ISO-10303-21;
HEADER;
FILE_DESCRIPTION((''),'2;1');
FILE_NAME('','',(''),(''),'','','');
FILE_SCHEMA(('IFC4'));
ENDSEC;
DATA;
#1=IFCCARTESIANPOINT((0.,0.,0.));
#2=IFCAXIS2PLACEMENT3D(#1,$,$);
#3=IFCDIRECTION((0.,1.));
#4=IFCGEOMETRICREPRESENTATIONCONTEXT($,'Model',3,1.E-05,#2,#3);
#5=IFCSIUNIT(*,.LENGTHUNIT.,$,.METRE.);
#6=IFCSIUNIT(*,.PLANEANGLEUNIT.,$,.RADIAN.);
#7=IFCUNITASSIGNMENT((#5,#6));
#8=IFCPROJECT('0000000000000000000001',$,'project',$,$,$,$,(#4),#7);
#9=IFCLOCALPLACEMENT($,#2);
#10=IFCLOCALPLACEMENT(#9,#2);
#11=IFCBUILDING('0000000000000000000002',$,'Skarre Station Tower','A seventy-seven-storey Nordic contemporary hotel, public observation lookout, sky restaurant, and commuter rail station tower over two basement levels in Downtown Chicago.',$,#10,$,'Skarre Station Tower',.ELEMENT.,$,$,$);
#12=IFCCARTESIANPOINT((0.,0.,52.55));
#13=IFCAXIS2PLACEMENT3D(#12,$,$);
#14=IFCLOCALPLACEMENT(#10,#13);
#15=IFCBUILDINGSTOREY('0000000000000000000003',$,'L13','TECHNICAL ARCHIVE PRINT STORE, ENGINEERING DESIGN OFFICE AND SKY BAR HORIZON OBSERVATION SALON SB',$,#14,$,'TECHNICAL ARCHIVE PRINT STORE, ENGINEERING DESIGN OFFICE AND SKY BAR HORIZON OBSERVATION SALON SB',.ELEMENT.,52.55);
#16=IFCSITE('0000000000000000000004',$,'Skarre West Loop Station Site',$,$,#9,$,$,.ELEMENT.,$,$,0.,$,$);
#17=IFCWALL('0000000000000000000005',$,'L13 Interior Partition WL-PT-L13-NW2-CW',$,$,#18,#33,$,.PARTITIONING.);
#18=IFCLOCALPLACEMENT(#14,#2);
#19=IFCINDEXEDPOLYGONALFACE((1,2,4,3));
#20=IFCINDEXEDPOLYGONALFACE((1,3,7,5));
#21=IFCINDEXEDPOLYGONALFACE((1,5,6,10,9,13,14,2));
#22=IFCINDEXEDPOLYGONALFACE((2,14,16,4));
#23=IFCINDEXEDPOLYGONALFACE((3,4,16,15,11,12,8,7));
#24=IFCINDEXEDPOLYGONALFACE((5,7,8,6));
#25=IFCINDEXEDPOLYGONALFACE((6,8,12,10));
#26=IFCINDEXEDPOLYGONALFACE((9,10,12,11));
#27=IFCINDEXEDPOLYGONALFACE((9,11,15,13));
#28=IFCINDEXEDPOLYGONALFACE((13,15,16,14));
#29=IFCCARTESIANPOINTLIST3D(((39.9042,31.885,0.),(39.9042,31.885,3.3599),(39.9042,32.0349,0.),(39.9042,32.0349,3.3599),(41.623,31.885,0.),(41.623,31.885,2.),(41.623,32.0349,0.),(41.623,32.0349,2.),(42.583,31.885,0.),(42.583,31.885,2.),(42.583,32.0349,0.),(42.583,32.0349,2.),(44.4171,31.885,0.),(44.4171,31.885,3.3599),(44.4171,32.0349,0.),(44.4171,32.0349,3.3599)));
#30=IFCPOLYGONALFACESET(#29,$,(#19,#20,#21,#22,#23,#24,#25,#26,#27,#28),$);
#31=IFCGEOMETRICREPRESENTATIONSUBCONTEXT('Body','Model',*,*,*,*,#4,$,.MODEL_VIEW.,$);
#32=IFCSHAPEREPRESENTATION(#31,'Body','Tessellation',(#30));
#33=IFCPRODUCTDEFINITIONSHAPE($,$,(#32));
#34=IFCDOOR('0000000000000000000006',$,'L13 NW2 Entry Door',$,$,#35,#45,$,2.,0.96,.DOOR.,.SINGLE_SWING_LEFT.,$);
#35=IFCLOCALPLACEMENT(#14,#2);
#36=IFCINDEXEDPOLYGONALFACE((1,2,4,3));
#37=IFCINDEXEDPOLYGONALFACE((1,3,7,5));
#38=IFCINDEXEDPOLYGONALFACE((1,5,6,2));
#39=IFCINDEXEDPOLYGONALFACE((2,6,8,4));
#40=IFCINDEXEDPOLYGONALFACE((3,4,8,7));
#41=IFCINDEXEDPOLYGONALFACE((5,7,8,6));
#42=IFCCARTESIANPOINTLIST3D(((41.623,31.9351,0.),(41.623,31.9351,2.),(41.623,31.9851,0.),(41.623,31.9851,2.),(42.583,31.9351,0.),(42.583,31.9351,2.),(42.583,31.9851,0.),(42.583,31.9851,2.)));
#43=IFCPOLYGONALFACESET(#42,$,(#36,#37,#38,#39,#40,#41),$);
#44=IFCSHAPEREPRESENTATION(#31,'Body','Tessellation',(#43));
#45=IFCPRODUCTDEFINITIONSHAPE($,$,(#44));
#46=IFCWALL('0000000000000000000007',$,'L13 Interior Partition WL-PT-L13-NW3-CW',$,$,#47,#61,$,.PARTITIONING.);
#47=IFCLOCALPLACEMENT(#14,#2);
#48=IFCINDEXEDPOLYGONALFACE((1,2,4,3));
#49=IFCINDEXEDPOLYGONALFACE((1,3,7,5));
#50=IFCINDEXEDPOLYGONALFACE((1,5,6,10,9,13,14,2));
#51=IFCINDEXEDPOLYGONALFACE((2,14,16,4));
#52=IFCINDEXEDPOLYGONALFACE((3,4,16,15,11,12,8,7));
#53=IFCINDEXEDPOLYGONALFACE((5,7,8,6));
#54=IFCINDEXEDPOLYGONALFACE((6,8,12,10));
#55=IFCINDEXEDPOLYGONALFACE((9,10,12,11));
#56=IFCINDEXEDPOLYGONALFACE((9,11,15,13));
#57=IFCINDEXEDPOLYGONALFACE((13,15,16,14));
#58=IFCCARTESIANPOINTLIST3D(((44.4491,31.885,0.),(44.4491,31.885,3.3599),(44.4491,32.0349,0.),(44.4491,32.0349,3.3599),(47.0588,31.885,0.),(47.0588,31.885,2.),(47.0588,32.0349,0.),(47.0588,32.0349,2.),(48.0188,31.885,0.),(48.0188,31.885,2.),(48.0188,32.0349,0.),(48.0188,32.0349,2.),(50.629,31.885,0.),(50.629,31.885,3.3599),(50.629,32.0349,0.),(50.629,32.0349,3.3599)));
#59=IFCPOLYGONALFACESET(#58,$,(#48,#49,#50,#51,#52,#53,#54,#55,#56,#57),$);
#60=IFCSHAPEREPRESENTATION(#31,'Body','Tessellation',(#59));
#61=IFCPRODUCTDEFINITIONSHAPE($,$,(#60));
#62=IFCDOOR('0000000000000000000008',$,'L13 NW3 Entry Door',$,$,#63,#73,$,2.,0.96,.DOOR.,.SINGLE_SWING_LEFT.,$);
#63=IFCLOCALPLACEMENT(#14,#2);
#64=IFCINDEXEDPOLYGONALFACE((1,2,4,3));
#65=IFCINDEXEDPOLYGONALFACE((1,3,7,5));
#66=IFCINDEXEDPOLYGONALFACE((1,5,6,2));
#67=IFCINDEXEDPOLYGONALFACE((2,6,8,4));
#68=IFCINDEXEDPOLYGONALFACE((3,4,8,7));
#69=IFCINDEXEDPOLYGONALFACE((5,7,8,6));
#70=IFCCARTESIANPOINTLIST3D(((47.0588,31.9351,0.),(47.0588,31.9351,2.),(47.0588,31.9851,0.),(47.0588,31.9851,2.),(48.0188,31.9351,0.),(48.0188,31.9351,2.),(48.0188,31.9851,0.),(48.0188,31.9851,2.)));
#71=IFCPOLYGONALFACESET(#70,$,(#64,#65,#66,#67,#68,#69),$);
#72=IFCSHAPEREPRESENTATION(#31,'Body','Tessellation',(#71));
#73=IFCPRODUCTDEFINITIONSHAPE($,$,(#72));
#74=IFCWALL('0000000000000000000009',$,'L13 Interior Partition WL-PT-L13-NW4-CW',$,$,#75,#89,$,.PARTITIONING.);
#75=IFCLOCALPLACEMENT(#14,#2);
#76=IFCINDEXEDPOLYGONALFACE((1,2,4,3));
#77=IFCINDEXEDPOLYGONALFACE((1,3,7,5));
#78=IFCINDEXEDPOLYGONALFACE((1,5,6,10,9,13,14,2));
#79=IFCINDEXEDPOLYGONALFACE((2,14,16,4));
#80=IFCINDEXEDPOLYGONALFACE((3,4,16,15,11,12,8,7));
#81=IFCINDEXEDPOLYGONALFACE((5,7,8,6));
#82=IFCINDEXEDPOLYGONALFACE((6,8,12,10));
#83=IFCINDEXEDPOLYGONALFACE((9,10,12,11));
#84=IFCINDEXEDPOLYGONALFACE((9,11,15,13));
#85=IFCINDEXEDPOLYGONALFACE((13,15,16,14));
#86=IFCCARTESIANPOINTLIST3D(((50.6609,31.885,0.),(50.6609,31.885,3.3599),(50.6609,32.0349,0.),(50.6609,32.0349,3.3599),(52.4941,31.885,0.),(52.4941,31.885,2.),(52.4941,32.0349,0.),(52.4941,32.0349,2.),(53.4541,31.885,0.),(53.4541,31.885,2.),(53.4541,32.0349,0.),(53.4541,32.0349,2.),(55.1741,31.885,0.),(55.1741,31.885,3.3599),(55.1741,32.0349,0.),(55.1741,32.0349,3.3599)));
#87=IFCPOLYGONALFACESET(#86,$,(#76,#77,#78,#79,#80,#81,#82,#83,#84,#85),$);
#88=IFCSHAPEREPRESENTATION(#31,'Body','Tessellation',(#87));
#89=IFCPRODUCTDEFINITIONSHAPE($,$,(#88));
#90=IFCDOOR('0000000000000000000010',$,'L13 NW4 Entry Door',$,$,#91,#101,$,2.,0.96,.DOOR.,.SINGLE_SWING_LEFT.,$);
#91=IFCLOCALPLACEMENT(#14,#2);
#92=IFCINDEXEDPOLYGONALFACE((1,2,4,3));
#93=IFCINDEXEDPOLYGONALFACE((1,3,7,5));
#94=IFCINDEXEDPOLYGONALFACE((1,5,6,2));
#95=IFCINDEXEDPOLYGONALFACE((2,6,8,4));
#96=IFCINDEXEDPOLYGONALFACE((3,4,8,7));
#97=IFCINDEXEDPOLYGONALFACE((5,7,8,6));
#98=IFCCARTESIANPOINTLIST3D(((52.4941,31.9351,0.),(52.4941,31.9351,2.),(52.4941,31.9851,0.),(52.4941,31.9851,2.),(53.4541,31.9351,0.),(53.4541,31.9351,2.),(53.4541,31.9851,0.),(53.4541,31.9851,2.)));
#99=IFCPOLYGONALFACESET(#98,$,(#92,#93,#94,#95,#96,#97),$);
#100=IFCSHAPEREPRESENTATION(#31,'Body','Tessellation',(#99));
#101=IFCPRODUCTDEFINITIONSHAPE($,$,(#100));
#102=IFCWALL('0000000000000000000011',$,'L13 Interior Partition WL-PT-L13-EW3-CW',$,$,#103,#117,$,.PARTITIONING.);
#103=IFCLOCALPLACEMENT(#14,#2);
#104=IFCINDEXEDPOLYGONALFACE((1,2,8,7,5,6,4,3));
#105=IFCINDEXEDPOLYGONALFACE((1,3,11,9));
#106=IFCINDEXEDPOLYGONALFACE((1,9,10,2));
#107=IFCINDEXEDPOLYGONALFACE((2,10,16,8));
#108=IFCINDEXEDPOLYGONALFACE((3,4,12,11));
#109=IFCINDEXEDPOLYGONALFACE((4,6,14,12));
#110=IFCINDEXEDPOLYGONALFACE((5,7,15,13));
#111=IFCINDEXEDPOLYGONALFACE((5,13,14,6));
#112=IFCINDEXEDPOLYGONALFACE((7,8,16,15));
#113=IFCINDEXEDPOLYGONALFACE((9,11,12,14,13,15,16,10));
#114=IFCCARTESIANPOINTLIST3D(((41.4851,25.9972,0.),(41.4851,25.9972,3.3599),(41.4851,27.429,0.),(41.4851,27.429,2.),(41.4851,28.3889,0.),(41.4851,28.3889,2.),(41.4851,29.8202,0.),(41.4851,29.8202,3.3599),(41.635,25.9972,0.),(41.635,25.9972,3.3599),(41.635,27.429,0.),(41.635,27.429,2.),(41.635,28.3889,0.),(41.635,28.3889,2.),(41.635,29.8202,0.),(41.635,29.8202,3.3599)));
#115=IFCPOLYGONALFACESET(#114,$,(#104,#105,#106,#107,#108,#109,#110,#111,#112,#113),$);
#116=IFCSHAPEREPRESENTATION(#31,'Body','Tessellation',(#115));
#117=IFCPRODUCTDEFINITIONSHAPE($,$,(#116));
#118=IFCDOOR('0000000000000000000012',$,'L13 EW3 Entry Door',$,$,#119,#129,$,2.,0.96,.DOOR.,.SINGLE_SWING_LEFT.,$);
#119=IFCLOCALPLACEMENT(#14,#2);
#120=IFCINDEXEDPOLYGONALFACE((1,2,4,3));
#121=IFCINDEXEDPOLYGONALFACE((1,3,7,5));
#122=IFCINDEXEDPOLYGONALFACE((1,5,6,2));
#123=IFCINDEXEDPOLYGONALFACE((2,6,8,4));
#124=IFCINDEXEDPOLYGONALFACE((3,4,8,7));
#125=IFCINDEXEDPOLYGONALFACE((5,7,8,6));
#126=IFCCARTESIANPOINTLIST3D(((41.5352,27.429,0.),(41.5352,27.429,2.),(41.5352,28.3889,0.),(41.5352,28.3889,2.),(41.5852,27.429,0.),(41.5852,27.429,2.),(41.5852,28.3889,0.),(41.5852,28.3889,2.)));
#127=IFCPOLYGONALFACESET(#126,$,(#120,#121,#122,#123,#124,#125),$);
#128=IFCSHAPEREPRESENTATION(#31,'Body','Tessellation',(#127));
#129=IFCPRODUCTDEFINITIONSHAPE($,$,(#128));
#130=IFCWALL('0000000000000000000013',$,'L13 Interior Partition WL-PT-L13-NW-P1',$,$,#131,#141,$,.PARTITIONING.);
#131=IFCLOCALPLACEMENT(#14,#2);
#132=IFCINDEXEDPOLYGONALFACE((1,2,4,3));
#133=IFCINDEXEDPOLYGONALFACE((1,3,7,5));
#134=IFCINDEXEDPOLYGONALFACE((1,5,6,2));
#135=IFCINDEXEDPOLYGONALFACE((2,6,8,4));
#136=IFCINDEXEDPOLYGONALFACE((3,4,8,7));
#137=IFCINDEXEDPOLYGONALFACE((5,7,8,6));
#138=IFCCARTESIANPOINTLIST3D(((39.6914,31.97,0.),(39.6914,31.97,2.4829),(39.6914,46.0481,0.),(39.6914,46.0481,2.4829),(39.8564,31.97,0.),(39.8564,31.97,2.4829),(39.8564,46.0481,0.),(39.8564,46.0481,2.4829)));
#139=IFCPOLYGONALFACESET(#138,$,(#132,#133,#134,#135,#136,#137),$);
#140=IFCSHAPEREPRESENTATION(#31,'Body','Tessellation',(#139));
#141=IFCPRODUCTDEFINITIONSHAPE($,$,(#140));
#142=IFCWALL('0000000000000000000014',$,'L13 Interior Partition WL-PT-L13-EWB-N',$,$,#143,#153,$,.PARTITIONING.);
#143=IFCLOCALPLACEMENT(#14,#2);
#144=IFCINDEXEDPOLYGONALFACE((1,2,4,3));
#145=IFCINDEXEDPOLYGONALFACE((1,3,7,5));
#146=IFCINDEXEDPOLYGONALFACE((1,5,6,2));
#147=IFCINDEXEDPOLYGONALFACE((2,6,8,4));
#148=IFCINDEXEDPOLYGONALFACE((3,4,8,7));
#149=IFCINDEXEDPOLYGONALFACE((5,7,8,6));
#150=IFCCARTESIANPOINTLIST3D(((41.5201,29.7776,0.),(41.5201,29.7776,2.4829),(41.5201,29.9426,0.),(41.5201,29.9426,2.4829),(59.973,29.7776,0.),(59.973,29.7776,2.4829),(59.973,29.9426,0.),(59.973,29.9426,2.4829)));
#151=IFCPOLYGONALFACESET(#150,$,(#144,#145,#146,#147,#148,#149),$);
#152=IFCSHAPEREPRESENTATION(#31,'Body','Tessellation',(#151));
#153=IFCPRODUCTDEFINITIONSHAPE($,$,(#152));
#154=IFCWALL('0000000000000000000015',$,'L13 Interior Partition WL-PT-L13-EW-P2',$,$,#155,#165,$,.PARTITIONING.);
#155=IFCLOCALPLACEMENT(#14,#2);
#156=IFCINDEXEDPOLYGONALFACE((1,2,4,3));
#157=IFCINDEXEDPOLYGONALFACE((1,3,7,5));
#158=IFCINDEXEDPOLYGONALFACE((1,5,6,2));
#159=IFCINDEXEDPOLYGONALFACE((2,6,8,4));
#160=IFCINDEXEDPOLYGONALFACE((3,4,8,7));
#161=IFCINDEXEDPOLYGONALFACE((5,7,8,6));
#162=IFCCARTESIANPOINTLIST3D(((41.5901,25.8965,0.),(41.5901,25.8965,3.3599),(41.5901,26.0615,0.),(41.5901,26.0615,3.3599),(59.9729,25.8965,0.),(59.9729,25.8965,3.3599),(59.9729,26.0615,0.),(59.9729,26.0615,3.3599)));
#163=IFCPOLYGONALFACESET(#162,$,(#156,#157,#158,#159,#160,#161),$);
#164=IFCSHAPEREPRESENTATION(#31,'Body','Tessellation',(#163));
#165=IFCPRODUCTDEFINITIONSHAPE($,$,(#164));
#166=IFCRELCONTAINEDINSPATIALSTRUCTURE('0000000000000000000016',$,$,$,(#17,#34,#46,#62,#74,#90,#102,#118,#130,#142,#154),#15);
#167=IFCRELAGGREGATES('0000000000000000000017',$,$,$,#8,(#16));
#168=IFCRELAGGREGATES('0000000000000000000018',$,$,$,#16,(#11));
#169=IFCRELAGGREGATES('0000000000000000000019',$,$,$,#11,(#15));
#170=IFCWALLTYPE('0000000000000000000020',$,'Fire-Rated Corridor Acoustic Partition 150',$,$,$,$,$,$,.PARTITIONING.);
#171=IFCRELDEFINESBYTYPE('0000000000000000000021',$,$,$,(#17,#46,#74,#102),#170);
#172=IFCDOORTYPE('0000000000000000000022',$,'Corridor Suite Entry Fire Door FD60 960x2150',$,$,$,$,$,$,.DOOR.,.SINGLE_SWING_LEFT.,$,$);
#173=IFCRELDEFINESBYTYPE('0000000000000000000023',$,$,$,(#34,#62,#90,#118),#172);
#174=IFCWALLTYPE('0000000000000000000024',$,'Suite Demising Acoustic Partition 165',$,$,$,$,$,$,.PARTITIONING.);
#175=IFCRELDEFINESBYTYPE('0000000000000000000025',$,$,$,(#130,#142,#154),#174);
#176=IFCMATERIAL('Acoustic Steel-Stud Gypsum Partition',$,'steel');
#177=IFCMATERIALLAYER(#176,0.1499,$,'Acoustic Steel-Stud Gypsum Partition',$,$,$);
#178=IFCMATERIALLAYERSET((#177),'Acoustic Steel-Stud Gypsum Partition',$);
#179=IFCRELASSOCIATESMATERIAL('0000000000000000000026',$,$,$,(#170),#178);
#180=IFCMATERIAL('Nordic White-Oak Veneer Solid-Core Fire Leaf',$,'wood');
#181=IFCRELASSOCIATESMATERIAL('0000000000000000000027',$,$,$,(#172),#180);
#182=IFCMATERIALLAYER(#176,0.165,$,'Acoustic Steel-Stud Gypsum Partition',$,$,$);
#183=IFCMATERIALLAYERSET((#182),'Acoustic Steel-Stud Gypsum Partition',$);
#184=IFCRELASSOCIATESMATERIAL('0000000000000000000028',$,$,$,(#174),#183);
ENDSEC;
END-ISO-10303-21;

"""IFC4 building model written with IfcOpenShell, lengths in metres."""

from ifc_helpers import new_model, si_unit, direction, frame, frame_2d, origin, place, context, subcontext, project, spatial, rectangle, extrude, material, layer, layer_set, type_object, element, fill, save


model = new_model("IFC4")

# Units and contexts
model_context = context("Model", 3, precision=1e-05, world=origin(), true_north=direction((0.0, 1.0)))
body_context = subcontext(model_context, "Body", "Model", "MODEL_VIEW")
ifc_project = project(units=[si_unit("LENGTHUNIT", "METRE"), si_unit("PLANEANGLEUNIT", "RADIAN")], contexts=[model_context])

# Site, building, storey
site_placement = place(None, origin())
site = spatial("IfcSite", under=ifc_project, at=site_placement, Name="Skarre West Loop Station Site", CompositionType="ELEMENT", RefElevation=0.0)
building_placement = place(site_placement, origin())
building = spatial("IfcBuilding", under=site, at=building_placement, Name="Skarre Station Tower", Description="A seventy-seven-storey Nordic contemporary hotel, public observation lookout, sky restaurant, and commuter rail station tower over two basement levels in Downtown Chicago.", LongName="Skarre Station Tower", CompositionType="ELEMENT")
storey_placement = place(building_placement, frame((0.0, 0.0, 52.55)))
storey = spatial("IfcBuildingStorey", under=building, at=storey_placement, Name="L13", Description="TECHNICAL ARCHIVE PRINT STORE, ENGINEERING DESIGN OFFICE AND SKY BAR HORIZON OBSERVATION SALON SB", LongName="TECHNICAL ARCHIVE PRINT STORE, ENGINEERING DESIGN OFFICE AND SKY BAR HORIZON OBSERVATION SALON SB", CompositionType="ELEMENT", Elevation=52.55)

# Shared definitions
ifc_material_1 = material(Name="Acoustic Steel-Stud Gypsum Partition", Category="steel")
ifc_layer_1 = layer(ifc_material_1, 0.1499, Name="Acoustic Steel-Stud Gypsum Partition")
ifc_layer_set_1 = layer_set([ifc_layer_1], Name="Acoustic Steel-Stud Gypsum Partition")
wall_type_1 = type_object("IfcWallType", Name="Fire-Rated Corridor Acoustic Partition 150", PredefinedType="PARTITIONING", material=ifc_layer_set_1)

# Walls, openings, doors
ifc_material_2 = material(Name="Nordic White-Oak Veneer Solid-Core Fire Leaf", Category="wood")
door_type = type_object("IfcDoorType", Name="Corridor Suite Entry Fire Door FD60 960x2150", OperationType="SINGLE_SWING_LEFT", PredefinedType="DOOR", material=ifc_material_2)
wall_1_placement = place(storey_placement, frame((44.417, 31.96, 0.0), z_axis=(0.0, 0.0, 1.0), x_axis=(-1.0, 0.0, 0.0)))
wall_1 = element("IfcWall", 1, at=wall_1_placement, inside=storey, type_object=wall_type_1, Name="L13 Interior Partition WL-PT-L13-NW2-CW", PredefinedType="PARTITIONING", context=body_context, shape_type="SweptSolid", body=[
    extrude(rectangle(XDim=4.5129, YDim=0.1499, at=frame_2d((2.2563, 0.0))), origin(), (0.0, 0.0, 1.0), 3.3599),
])
opening_1_placement = place(wall_1_placement, frame((1.834, 0.0, 0.0)))
opening_1 = element("IfcOpeningElement", 2, at=opening_1_placement, cuts=wall_1, PredefinedType="OPENING", context=body_context, shape_type="SweptSolid", body=[
    extrude(rectangle(XDim=0.96, YDim=2.0, at=frame_2d((0.48, 1.0))), frame((0.0, 0.085, 0.0), z_axis=(0.0, -1.0, 0.0), x_axis=(1.0, 0.0, 0.0)), (0.0, 0.0, 1.0), 0.1699),
])
door_1_placement = place(opening_1_placement, origin())
door_1 = element("IfcDoor", 3, at=door_1_placement, inside=storey, type_object=door_type, Name="L13 NW2 Entry Door", OperationType="SINGLE_SWING_LEFT", OverallHeight=2.0, OverallWidth=0.96, PredefinedType="DOOR", context=body_context, shape_type="SweptSolid", body=[
    extrude(rectangle(XDim=0.96, YDim=2.0, at=frame_2d((0.48, 1.0))), frame((0.0, 0.0249, 0.0), z_axis=(0.0, -1.0, 0.0), x_axis=(1.0, 0.0, 0.0)), (0.0, 0.0, 1.0), 0.05),
])
fill(opening_1, door_1)
wall_2_placement = place(storey_placement, frame((50.6289, 31.96, 0.0), z_axis=(0.0, 0.0, 1.0), x_axis=(-1.0, 0.0, 0.0)))
wall_2 = element("IfcWall", 4, at=wall_2_placement, inside=storey, type_object=wall_type_1, Name="L13 Interior Partition WL-PT-L13-NW3-CW", PredefinedType="PARTITIONING", context=body_context, shape_type="SweptSolid", body=[
    extrude(rectangle(XDim=6.1799, YDim=0.1499, at=frame_2d((3.0898, 0.0))), origin(), (0.0, 0.0, 1.0), 3.3599),
])
opening_2_placement = place(wall_2_placement, frame((2.6101, 0.0, 0.0)))
opening_2 = element("IfcOpeningElement", 5, at=opening_2_placement, cuts=wall_2, PredefinedType="OPENING", context=body_context, shape_type="SweptSolid", body=[
    extrude(rectangle(XDim=0.96, YDim=2.0, at=frame_2d((0.48, 1.0))), frame((0.0, 0.085, 0.0), z_axis=(0.0, -1.0, 0.0), x_axis=(1.0, 0.0, 0.0)), (0.0, 0.0, 1.0), 0.1699),
])
door_2_placement = place(opening_2_placement, origin())
door_2 = element("IfcDoor", 6, at=door_2_placement, inside=storey, type_object=door_type, Name="L13 NW3 Entry Door", OperationType="SINGLE_SWING_LEFT", OverallHeight=2.0, OverallWidth=0.96, PredefinedType="DOOR", context=body_context, shape_type="SweptSolid", body=[
    extrude(rectangle(XDim=0.96, YDim=2.0, at=frame_2d((0.48, 1.0))), frame((0.0, 0.0249, 0.0), z_axis=(0.0, -1.0, 0.0), x_axis=(1.0, 0.0, 0.0)), (0.0, 0.0, 1.0), 0.05),
])
fill(opening_2, door_2)
wall_3_placement = place(storey_placement, frame((55.1741, 31.96, 0.0), z_axis=(0.0, 0.0, 1.0), x_axis=(-1.0, 0.0, 0.0)))
wall_3 = element("IfcWall", 7, at=wall_3_placement, inside=storey, type_object=wall_type_1, Name="L13 Interior Partition WL-PT-L13-NW4-CW", PredefinedType="PARTITIONING", context=body_context, shape_type="SweptSolid", body=[
    extrude(rectangle(XDim=4.5132, YDim=0.1499, at=frame_2d((2.2566, 0.0))), origin(), (0.0, 0.0, 1.0), 3.3599),
])
opening_3_placement = place(wall_3_placement, frame((1.72, 0.0, 0.0)))
opening_3 = element("IfcOpeningElement", 8, at=opening_3_placement, cuts=wall_3, PredefinedType="OPENING", context=body_context, shape_type="SweptSolid", body=[
    extrude(rectangle(XDim=0.96, YDim=2.0, at=frame_2d((0.48, 1.0))), frame((0.0, 0.085, 0.0), z_axis=(0.0, -1.0, 0.0), x_axis=(1.0, 0.0, 0.0)), (0.0, 0.0, 1.0), 0.1699),
])
door_3_placement = place(opening_3_placement, origin())
door_3 = element("IfcDoor", 9, at=door_3_placement, inside=storey, type_object=door_type, Name="L13 NW4 Entry Door", OperationType="SINGLE_SWING_LEFT", OverallHeight=2.0, OverallWidth=0.96, PredefinedType="DOOR", context=body_context, shape_type="SweptSolid", body=[
    extrude(rectangle(XDim=0.96, YDim=2.0, at=frame_2d((0.48, 1.0))), frame((0.0, 0.0249, 0.0), z_axis=(0.0, -1.0, 0.0), x_axis=(1.0, 0.0, 0.0)), (0.0, 0.0, 1.0), 0.05),
])
fill(opening_3, door_3)
wall_4_placement = place(storey_placement, frame((41.5601, 25.9971, 0.0), z_axis=(0.0, 0.0, 1.0), x_axis=(0.0, 1.0, 0.0)))
wall_4 = element("IfcWall", 10, at=wall_4_placement, inside=storey, type_object=wall_type_1, Name="L13 Interior Partition WL-PT-L13-EW3-CW", PredefinedType="PARTITIONING", context=body_context, shape_type="SweptSolid", body=[
    extrude(rectangle(XDim=3.823, YDim=0.1499, at=frame_2d((1.9116, 0.0))), origin(), (0.0, 0.0, 1.0), 3.3599),
])
opening_4_placement = place(wall_4_placement, frame((1.4319, 0.0, 0.0)))
opening_4 = element("IfcOpeningElement", 11, at=opening_4_placement, cuts=wall_4, PredefinedType="OPENING", context=body_context, shape_type="SweptSolid", body=[
    extrude(rectangle(XDim=0.96, YDim=2.0, at=frame_2d((0.48, 1.0))), frame((0.0, 0.085, 0.0), z_axis=(0.0, -1.0, 0.0), x_axis=(1.0, 0.0, 0.0)), (0.0, 0.0, 1.0), 0.1699),
])
door_4_placement = place(opening_4_placement, origin())
door_4 = element("IfcDoor", 12, at=door_4_placement, inside=storey, type_object=door_type, Name="L13 EW3 Entry Door", OperationType="SINGLE_SWING_LEFT", OverallHeight=2.0, OverallWidth=0.96, PredefinedType="DOOR", context=body_context, shape_type="SweptSolid", body=[
    extrude(rectangle(XDim=0.96, YDim=2.0, at=frame_2d((0.48, 1.0))), frame((0.0, 0.0249, 0.0), z_axis=(0.0, -1.0, 0.0), x_axis=(1.0, 0.0, 0.0)), (0.0, 0.0, 1.0), 0.05),
])
fill(opening_4, door_4)

# Walls
ifc_layer_2 = layer(ifc_material_1, 0.165, Name="Acoustic Steel-Stud Gypsum Partition")
ifc_layer_set_2 = layer_set([ifc_layer_2], Name="Acoustic Steel-Stud Gypsum Partition")
wall_type_2 = type_object("IfcWallType", Name="Suite Demising Acoustic Partition 165", PredefinedType="PARTITIONING", material=ifc_layer_set_2)
wall_5_placement = place(storey_placement, frame((39.7739, 31.97, 0.0), z_axis=(0.0, 0.0, 1.0), x_axis=(0.0, 1.0, 0.0)))
element("IfcWall", 13, at=wall_5_placement, inside=storey, type_object=wall_type_2, Name="L13 Interior Partition WL-PT-L13-NW-P1", PredefinedType="PARTITIONING", context=body_context, shape_type="SweptSolid", body=[
    extrude(rectangle(XDim=14.0781, YDim=0.165, at=frame_2d((7.0391, 0.0))), origin(), (0.0, 0.0, 1.0), 2.4829),
])
wall_6_placement = place(storey_placement, frame((41.52, 29.8601, 0.0), z_axis=(0.0, 0.0, 1.0), x_axis=(1.0, 0.0, 0.0)))
element("IfcWall", 14, at=wall_6_placement, inside=storey, type_object=wall_type_2, Name="L13 Interior Partition WL-PT-L13-EWB-N", PredefinedType="PARTITIONING", context=body_context, shape_type="SweptSolid", body=[
    extrude(rectangle(XDim=18.4529, YDim=0.165, at=frame_2d((9.2266, 0.0))), origin(), (0.0, 0.0, 1.0), 2.4829),
])
wall_7_placement = place(storey_placement, frame((41.5901, 25.979, 0.0), z_axis=(0.0, 0.0, 1.0), x_axis=(1.0, 0.0, 0.0)))
element("IfcWall", 15, at=wall_7_placement, inside=storey, type_object=wall_type_2, Name="L13 Interior Partition WL-PT-L13-EW-P2", PredefinedType="PARTITIONING", context=body_context, shape_type="SweptSolid", body=[
    extrude(rectangle(XDim=18.3828, YDim=0.165, at=frame_2d((9.1914, 0.0))), origin(), (0.0, 0.0, 1.0), 3.3599),
])

save(model, "model.ifc")
